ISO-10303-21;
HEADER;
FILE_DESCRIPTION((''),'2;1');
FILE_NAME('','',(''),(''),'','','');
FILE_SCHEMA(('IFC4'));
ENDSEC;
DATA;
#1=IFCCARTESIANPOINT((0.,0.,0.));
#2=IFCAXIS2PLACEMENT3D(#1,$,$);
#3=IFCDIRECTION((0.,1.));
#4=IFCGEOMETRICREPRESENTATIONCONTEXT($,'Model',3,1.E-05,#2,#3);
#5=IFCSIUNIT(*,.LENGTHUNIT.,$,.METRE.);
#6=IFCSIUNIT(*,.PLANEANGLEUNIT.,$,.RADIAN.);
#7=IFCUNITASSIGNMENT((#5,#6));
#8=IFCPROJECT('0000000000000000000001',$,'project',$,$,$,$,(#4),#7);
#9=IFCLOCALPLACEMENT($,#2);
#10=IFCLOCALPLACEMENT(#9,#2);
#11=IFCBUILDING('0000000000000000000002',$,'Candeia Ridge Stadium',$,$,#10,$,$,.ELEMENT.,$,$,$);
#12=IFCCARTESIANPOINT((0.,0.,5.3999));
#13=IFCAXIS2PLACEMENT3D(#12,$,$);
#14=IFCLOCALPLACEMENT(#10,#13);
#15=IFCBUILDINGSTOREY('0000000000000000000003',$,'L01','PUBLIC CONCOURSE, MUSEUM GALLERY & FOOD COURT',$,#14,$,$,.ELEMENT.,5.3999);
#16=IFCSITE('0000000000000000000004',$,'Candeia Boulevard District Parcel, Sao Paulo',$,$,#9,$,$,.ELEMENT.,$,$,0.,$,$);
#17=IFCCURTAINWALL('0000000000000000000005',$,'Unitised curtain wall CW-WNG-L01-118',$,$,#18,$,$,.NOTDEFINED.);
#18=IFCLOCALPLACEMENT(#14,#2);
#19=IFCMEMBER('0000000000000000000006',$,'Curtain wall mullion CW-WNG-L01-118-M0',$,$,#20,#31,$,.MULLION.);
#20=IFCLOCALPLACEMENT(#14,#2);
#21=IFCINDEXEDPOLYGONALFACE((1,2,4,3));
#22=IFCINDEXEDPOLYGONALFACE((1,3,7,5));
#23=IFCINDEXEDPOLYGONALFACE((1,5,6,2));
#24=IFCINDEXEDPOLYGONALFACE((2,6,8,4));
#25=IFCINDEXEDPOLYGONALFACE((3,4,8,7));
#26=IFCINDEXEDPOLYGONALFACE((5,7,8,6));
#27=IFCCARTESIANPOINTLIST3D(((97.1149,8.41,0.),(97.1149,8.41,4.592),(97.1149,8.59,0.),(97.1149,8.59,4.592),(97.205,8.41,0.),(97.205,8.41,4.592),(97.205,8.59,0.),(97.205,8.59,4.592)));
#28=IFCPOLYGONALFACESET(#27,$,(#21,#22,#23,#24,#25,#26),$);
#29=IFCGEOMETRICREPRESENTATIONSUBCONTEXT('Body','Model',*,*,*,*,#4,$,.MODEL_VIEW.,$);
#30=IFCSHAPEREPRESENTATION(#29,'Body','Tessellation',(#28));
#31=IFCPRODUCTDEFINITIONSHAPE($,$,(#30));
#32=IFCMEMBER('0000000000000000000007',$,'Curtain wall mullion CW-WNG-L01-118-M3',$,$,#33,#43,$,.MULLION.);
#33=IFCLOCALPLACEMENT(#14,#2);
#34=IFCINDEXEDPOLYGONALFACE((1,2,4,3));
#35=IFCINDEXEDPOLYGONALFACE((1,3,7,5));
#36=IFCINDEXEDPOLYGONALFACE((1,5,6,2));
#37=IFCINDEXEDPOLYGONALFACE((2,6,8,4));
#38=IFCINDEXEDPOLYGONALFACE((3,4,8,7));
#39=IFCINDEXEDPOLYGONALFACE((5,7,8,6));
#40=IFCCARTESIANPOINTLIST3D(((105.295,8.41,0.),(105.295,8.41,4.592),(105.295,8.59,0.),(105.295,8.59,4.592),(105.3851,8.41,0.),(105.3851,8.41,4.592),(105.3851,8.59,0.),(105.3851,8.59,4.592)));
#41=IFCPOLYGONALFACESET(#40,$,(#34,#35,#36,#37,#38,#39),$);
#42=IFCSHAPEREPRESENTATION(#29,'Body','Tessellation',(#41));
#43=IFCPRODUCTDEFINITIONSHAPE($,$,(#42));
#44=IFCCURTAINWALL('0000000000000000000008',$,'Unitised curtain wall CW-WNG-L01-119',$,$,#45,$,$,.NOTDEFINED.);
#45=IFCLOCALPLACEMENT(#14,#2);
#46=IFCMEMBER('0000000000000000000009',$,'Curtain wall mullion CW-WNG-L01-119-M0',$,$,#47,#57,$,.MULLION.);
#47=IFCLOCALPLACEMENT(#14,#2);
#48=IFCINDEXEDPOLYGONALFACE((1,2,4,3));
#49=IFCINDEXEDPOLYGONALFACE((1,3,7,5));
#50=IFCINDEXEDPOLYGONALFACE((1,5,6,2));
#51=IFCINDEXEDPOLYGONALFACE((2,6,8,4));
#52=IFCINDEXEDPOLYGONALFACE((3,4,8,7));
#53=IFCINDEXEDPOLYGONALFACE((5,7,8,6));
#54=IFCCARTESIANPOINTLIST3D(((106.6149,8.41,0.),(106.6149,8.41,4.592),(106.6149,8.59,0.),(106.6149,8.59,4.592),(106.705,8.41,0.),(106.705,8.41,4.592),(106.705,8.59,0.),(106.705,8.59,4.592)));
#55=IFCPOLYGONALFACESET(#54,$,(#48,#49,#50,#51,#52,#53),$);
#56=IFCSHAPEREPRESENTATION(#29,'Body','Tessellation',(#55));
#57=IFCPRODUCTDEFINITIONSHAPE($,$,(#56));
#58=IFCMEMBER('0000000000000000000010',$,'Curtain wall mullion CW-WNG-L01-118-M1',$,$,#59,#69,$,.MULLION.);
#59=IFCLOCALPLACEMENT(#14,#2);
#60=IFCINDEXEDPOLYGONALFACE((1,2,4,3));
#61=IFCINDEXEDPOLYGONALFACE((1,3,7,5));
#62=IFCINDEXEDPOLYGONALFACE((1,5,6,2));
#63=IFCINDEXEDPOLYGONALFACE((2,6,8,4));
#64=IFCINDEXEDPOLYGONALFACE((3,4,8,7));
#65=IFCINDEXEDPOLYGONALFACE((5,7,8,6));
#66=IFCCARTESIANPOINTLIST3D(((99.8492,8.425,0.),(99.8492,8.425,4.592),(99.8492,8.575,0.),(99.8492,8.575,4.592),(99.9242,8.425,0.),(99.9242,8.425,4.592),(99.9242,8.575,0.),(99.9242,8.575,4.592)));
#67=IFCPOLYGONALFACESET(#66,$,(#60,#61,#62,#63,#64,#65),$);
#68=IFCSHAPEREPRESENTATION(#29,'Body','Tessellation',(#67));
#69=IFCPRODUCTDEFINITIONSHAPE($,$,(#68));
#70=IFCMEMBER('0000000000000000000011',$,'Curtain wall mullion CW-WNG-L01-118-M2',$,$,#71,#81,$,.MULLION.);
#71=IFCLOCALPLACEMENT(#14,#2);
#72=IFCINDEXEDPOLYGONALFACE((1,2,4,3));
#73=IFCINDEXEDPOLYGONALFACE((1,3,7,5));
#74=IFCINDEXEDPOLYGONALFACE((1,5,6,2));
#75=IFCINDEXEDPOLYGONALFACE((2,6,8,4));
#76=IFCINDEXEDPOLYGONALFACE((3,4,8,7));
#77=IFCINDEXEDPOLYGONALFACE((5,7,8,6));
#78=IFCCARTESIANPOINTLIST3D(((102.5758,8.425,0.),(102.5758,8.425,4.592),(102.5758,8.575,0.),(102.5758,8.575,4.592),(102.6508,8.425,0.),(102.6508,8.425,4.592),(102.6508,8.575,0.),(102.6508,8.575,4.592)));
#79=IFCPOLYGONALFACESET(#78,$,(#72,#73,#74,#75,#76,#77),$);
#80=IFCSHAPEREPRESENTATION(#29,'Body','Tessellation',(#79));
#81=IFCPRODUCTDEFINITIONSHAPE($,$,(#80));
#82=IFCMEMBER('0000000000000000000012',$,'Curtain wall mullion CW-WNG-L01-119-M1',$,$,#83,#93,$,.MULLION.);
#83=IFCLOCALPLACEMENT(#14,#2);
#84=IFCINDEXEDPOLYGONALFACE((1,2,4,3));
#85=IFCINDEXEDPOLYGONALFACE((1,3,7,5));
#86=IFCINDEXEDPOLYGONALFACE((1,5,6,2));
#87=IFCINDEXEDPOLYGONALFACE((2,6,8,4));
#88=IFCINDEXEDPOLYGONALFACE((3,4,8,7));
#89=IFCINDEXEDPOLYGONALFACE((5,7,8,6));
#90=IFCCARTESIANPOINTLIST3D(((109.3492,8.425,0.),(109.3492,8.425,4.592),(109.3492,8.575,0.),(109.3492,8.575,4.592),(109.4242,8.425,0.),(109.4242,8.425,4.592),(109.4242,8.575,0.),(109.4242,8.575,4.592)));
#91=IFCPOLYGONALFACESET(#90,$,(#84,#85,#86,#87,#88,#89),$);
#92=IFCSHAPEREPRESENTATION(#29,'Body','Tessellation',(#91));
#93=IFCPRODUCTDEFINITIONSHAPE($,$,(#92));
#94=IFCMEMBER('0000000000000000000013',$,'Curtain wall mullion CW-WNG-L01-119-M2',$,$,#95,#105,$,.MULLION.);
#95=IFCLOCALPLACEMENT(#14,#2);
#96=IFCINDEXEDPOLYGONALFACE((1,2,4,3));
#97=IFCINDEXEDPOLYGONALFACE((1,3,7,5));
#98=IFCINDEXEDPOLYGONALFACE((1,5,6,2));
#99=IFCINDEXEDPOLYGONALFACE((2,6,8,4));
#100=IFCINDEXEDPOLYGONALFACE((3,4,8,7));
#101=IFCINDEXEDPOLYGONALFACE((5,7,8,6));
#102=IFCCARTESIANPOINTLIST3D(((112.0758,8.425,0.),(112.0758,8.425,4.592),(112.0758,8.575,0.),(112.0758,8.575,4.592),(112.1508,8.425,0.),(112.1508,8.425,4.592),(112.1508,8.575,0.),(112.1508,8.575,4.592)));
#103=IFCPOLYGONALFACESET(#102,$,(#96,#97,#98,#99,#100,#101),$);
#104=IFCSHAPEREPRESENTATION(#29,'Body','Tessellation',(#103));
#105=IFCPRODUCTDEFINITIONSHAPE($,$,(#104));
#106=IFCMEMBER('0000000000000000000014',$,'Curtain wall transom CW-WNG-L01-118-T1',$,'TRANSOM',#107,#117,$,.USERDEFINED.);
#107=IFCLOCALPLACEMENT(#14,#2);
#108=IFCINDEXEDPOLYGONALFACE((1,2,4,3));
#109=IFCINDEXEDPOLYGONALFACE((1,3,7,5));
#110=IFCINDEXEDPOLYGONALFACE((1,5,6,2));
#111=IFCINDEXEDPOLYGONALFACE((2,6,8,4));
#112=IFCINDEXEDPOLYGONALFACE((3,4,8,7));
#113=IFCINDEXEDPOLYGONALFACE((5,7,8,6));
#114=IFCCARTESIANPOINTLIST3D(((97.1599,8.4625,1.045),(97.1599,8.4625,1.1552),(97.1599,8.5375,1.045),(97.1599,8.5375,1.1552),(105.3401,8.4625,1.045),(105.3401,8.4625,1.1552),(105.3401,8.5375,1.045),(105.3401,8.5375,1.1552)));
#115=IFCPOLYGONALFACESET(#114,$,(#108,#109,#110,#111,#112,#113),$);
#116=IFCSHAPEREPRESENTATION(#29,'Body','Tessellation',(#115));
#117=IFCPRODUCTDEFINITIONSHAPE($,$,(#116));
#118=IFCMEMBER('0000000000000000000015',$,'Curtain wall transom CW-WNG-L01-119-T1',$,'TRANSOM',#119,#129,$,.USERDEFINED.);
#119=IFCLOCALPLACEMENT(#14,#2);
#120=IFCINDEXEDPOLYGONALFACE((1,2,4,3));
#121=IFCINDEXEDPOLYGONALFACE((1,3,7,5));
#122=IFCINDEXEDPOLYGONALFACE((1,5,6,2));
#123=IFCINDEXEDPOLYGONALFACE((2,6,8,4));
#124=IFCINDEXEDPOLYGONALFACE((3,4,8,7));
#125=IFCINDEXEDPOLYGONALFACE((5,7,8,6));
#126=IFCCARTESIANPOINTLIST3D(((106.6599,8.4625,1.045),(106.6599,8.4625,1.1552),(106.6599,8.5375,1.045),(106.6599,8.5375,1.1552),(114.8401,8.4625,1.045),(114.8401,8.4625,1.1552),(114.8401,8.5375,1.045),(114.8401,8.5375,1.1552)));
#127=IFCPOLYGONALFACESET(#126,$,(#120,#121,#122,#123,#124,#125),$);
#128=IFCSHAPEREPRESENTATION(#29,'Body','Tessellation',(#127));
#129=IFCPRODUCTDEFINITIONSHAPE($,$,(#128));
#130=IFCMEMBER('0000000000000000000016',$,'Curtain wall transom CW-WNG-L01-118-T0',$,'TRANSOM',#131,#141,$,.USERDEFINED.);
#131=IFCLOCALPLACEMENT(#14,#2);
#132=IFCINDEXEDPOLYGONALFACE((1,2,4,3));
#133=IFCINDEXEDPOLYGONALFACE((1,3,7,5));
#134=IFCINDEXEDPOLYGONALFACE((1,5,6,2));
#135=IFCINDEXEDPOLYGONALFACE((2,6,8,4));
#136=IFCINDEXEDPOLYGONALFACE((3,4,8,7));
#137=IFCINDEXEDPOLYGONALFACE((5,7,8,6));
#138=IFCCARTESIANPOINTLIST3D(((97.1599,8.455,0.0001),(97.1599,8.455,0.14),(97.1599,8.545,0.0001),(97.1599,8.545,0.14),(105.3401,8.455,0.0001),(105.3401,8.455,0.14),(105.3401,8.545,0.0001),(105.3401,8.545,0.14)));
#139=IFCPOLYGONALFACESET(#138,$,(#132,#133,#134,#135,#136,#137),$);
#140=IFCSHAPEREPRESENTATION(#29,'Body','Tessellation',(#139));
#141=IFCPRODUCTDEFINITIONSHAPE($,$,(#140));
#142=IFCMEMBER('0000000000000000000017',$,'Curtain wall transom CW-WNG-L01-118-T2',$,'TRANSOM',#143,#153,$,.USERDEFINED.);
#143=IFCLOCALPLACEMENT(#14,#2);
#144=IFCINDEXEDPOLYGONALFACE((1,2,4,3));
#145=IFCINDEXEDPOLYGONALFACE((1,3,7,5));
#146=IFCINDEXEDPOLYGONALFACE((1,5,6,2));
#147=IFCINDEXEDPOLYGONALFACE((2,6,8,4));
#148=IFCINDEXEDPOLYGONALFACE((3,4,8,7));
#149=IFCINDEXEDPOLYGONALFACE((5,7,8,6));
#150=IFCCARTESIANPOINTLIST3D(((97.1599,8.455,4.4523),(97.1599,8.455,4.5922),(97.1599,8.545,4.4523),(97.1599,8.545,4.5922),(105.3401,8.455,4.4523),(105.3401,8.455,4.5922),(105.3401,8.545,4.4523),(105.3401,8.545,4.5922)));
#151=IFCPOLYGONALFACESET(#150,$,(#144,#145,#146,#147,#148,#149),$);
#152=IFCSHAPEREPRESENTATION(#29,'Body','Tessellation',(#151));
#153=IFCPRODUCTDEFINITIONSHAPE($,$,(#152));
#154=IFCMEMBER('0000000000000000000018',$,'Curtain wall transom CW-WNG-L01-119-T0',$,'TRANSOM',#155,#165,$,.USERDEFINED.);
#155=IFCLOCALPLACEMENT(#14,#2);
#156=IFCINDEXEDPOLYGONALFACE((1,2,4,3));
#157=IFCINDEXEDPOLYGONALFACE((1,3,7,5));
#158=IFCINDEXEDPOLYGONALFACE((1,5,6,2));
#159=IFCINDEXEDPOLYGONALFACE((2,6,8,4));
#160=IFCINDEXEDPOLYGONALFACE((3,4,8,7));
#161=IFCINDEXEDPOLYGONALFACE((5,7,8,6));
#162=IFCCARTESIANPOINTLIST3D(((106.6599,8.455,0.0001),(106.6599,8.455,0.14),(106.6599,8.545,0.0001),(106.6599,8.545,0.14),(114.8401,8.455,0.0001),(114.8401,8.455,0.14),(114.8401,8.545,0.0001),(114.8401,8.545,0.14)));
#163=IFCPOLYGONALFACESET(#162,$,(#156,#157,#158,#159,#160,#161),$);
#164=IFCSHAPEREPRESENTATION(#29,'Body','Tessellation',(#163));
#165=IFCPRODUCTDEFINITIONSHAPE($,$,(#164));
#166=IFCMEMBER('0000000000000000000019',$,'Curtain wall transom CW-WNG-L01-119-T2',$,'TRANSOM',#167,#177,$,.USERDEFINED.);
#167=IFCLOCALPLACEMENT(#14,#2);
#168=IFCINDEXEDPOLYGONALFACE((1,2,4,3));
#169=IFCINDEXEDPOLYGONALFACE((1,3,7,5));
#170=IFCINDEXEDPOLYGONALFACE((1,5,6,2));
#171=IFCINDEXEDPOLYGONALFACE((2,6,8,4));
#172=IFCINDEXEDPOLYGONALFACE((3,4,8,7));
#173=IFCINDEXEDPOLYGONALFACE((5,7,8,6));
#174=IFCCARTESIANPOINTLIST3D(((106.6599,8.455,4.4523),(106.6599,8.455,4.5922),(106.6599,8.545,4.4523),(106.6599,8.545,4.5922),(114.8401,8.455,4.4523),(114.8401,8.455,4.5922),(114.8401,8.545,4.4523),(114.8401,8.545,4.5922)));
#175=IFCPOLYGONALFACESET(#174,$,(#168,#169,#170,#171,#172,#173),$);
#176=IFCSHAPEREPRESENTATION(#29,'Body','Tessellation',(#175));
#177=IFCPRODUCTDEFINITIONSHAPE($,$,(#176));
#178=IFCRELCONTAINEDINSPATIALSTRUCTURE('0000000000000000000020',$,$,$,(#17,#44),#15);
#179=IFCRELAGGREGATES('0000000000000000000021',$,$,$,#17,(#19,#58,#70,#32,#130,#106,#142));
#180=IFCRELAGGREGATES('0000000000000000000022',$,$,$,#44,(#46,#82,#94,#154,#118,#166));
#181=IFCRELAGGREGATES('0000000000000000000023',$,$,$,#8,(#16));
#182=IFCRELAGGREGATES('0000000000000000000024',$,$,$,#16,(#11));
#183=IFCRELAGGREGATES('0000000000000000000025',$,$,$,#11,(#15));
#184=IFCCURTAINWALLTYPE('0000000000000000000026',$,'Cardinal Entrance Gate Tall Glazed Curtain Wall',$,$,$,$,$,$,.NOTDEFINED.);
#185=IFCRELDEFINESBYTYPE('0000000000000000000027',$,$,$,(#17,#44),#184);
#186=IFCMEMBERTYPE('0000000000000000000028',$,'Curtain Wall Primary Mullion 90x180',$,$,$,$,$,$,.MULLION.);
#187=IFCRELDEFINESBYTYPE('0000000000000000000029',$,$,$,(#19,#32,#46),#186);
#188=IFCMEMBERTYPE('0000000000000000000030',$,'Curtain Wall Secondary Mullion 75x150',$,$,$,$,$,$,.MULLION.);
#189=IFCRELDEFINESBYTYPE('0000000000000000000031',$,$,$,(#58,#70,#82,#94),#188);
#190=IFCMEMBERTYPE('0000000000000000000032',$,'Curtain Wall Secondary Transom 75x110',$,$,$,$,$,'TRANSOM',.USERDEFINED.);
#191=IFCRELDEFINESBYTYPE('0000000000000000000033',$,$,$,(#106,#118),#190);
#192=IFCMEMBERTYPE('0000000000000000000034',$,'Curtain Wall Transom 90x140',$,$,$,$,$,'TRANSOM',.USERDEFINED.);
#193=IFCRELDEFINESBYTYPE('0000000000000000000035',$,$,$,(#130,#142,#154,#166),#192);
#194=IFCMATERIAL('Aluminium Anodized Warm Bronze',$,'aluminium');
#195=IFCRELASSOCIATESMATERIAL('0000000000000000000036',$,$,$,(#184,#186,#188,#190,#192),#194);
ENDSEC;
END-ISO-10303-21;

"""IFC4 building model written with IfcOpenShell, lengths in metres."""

from ifc_helpers import new_model, si_unit, direction, frame, origin, origin_2d, place, context, subcontext, project, spatial, rectangle, extrude, material, material_profile, profile_set, type_object, element, aggregate, save


model = new_model("IFC4")

# Units and contexts
model_context = context("Model", 3, precision=1e-05, world=origin(), true_north=direction((0.0, 1.0)))
body_context = subcontext(model_context, "Body", "Model", "MODEL_VIEW")
ifc_project = project(units=[si_unit("LENGTHUNIT", "METRE"), si_unit("PLANEANGLEUNIT", "RADIAN")], contexts=[model_context])

# Site, building, storey
site_placement = place(None, origin())
site = spatial("IfcSite", under=ifc_project, at=site_placement, Name="Candeia Boulevard District Parcel, Sao Paulo", CompositionType="ELEMENT", RefElevation=0.0)
building_placement = place(site_placement, origin())
building = spatial("IfcBuilding", under=site, at=building_placement, Name="Candeia Ridge Stadium", CompositionType="ELEMENT")
storey_placement = place(building_placement, frame((0.0, 0.0, 5.3999)))
storey = spatial("IfcBuildingStorey", under=building, at=storey_placement, Name="L01", Description="PUBLIC CONCOURSE, MUSEUM GALLERY & FOOD COURT", CompositionType="ELEMENT", Elevation=5.3999)

# Curtain wall, members
ifc_material_1 = material(Name="Aluminium Anodized Warm Bronze", Category="aluminium")
curtain_wall_type = type_object("IfcCurtainWallType", Name="Cardinal Entrance Gate Tall Glazed Curtain Wall", PredefinedType="NOTDEFINED", material=ifc_material_1)
curtain_wall_1_placement = place(storey_placement, origin())
curtain_wall_1 = element("IfcCurtainWall", 1, at=curtain_wall_1_placement, inside=storey, type_object=curtain_wall_type, Name="Unitised curtain wall CW-WNG-L01-118", PredefinedType="NOTDEFINED")
ifc_material_profile_1 = material_profile(ifc_material_1, rectangle(XDim=0.0901, YDim=0.1799, at=origin_2d()), Name="CWM-90x180", Category="aluminium")
ifc_profile_set_1 = profile_set([ifc_material_profile_1], Name="Aluminium Anodized Warm Bronze")
member_type_1 = type_object("IfcMemberType", Name="Curtain Wall Primary Mullion 90x180", PredefinedType="MULLION", material=ifc_profile_set_1)
member_1_placement = place(storey_placement, frame((97.1599, 8.5, 0.0), z_axis=(0.0, 0.0, 1.0), x_axis=(1.0, 0.0, 0.0)))
member_1 = element("IfcMember", 2, at=member_1_placement, type_object=member_type_1, Name="Curtain wall mullion CW-WNG-L01-118-M0", PredefinedType="MULLION", context=body_context, shape_type="SweptSolid", body=[
    extrude(rectangle(XDim=0.0901, YDim=0.1799, at=origin_2d()), origin(), (0.0, 0.0, 1.0), 4.592),
])
member_2_placement = place(storey_placement, frame((105.3401, 8.5, 0.0), z_axis=(0.0, 0.0, 1.0), x_axis=(1.0, 0.0, 0.0)))
member_2 = element("IfcMember", 3, at=member_2_placement, type_object=member_type_1, Name="Curtain wall mullion CW-WNG-L01-118-M3", PredefinedType="MULLION", context=body_context, shape_type="SweptSolid", body=[
    extrude(rectangle(XDim=0.0901, YDim=0.1799, at=origin_2d()), origin(), (0.0, 0.0, 1.0), 4.592),
])

# Curtain wall, member
curtain_wall_2_placement = place(storey_placement, origin())
curtain_wall_2 = element("IfcCurtainWall", 4, at=curtain_wall_2_placement, inside=storey, type_object=curtain_wall_type, Name="Unitised curtain wall CW-WNG-L01-119", PredefinedType="NOTDEFINED")
member_3_placement = place(storey_placement, frame((106.6599, 8.5, 0.0), z_axis=(0.0, 0.0, 1.0), x_axis=(1.0, 0.0, 0.0)))
member_3 = element("IfcMember", 5, at=member_3_placement, type_object=member_type_1, Name="Curtain wall mullion CW-WNG-L01-119-M0", PredefinedType="MULLION", context=body_context, shape_type="SweptSolid", body=[
    extrude(rectangle(XDim=0.0901, YDim=0.1799, at=origin_2d()), origin(), (0.0, 0.0, 1.0), 4.592),
])

# Members
ifc_material_profile_2 = material_profile(ifc_material_1, rectangle(XDim=0.075, YDim=0.1499, at=origin_2d()), Name="CWM-75x150", Category="aluminium")
ifc_profile_set_2 = profile_set([ifc_material_profile_2], Name="Aluminium Anodized Warm Bronze")
member_type_2 = type_object("IfcMemberType", Name="Curtain Wall Secondary Mullion 75x150", PredefinedType="MULLION", material=ifc_profile_set_2)
member_4_placement = place(storey_placement, frame((99.8867, 8.5, 0.0), z_axis=(0.0, 0.0, 1.0), x_axis=(1.0, 0.0, 0.0)))
member_4 = element("IfcMember", 6, at=member_4_placement, type_object=member_type_2, Name="Curtain wall mullion CW-WNG-L01-118-M1", PredefinedType="MULLION", context=body_context, shape_type="SweptSolid", body=[
    extrude(rectangle(XDim=0.075, YDim=0.1499, at=origin_2d()), origin(), (0.0, 0.0, 1.0), 4.592),
])
member_5_placement = place(storey_placement, frame((102.6133, 8.5, 0.0), z_axis=(0.0, 0.0, 1.0), x_axis=(1.0, 0.0, 0.0)))
member_5 = element("IfcMember", 7, at=member_5_placement, type_object=member_type_2, Name="Curtain wall mullion CW-WNG-L01-118-M2", PredefinedType="MULLION", context=body_context, shape_type="SweptSolid", body=[
    extrude(rectangle(XDim=0.075, YDim=0.1499, at=origin_2d()), origin(), (0.0, 0.0, 1.0), 4.592),
])
member_6_placement = place(storey_placement, frame((109.3867, 8.5, 0.0), z_axis=(0.0, 0.0, 1.0), x_axis=(1.0, 0.0, 0.0)))
member_6 = element("IfcMember", 8, at=member_6_placement, type_object=member_type_2, Name="Curtain wall mullion CW-WNG-L01-119-M1", PredefinedType="MULLION", context=body_context, shape_type="SweptSolid", body=[
    extrude(rectangle(XDim=0.075, YDim=0.1499, at=origin_2d()), origin(), (0.0, 0.0, 1.0), 4.592),
])
member_7_placement = place(storey_placement, frame((112.1133, 8.5, 0.0), z_axis=(0.0, 0.0, 1.0), x_axis=(1.0, 0.0, 0.0)))
member_7 = element("IfcMember", 9, at=member_7_placement, type_object=member_type_2, Name="Curtain wall mullion CW-WNG-L01-119-M2", PredefinedType="MULLION", context=body_context, shape_type="SweptSolid", body=[
    extrude(rectangle(XDim=0.075, YDim=0.1499, at=origin_2d()), origin(), (0.0, 0.0, 1.0), 4.592),
])
ifc_material_profile_3 = material_profile(ifc_material_1, rectangle(XDim=0.075, YDim=0.1101, at=origin_2d()), Name="CWT-75x110", Category="aluminium")
ifc_profile_set_3 = profile_set([ifc_material_profile_3], Name="Aluminium Anodized Warm Bronze")
member_type_3 = type_object("IfcMemberType", Name="Curtain Wall Secondary Transom 75x110", ElementType="TRANSOM", PredefinedType="USERDEFINED", material=ifc_profile_set_3)
member_8_placement = place(storey_placement, frame((97.1599, 8.5, 1.1001), z_axis=(1.0, 0.0, 0.0), x_axis=(0.0, 1.0, 0.0)))
member_8 = element("IfcMember", 10, at=member_8_placement, type_object=member_type_3, Name="Curtain wall transom CW-WNG-L01-118-T1", ObjectType="TRANSOM", PredefinedType="USERDEFINED", context=body_context, shape_type="SweptSolid", body=[
    extrude(rectangle(XDim=0.075, YDim=0.1101, at=origin_2d()), origin(), (0.0, 0.0, 1.0), 8.1802),
])
member_9_placement = place(storey_placement, frame((106.6599, 8.5, 1.1001), z_axis=(1.0, 0.0, 0.0), x_axis=(0.0, 1.0, 0.0)))
member_9 = element("IfcMember", 11, at=member_9_placement, type_object=member_type_3, Name="Curtain wall transom CW-WNG-L01-119-T1", ObjectType="TRANSOM", PredefinedType="USERDEFINED", context=body_context, shape_type="SweptSolid", body=[
    extrude(rectangle(XDim=0.075, YDim=0.1101, at=origin_2d()), origin(), (0.0, 0.0, 1.0), 8.1802),
])
ifc_material_profile_4 = material_profile(ifc_material_1, rectangle(XDim=0.0901, YDim=0.1399, at=origin_2d()), Name="CWT-90x140", Category="aluminium")
ifc_profile_set_4 = profile_set([ifc_material_profile_4], Name="Aluminium Anodized Warm Bronze")
member_type_4 = type_object("IfcMemberType", Name="Curtain Wall Transom 90x140", ElementType="TRANSOM", PredefinedType="USERDEFINED", material=ifc_profile_set_4)
member_10_placement = place(storey_placement, frame((97.1599, 8.5, 0.0701), z_axis=(1.0, 0.0, 0.0), x_axis=(0.0, 1.0, 0.0)))
member_10 = element("IfcMember", 12, at=member_10_placement, type_object=member_type_4, Name="Curtain wall transom CW-WNG-L01-118-T0", ObjectType="TRANSOM", PredefinedType="USERDEFINED", context=body_context, shape_type="SweptSolid", body=[
    extrude(rectangle(XDim=0.0901, YDim=0.1399, at=origin_2d()), origin(), (0.0, 0.0, 1.0), 8.1802),
])
member_11_placement = place(storey_placement, frame((97.1599, 8.5, 4.5222), z_axis=(1.0, 0.0, 0.0), x_axis=(0.0, 1.0, 0.0)))
member_11 = element("IfcMember", 13, at=member_11_placement, type_object=member_type_4, Name="Curtain wall transom CW-WNG-L01-118-T2", ObjectType="TRANSOM", PredefinedType="USERDEFINED", context=body_context, shape_type="SweptSolid", body=[
    extrude(rectangle(XDim=0.0901, YDim=0.1399, at=origin_2d()), origin(), (0.0, 0.0, 1.0), 8.1802),
])
member_12_placement = place(storey_placement, frame((106.6599, 8.5, 0.0701), z_axis=(1.0, 0.0, 0.0), x_axis=(0.0, 1.0, 0.0)))
member_12 = element("IfcMember", 14, at=member_12_placement, type_object=member_type_4, Name="Curtain wall transom CW-WNG-L01-119-T0", ObjectType="TRANSOM", PredefinedType="USERDEFINED", context=body_context, shape_type="SweptSolid", body=[
    extrude(rectangle(XDim=0.0901, YDim=0.1399, at=origin_2d()), origin(), (0.0, 0.0, 1.0), 8.1802),
])
member_13_placement = place(storey_placement, frame((106.6599, 8.5, 4.5222), z_axis=(1.0, 0.0, 0.0), x_axis=(0.0, 1.0, 0.0)))
member_13 = element("IfcMember", 15, at=member_13_placement, type_object=member_type_4, Name="Curtain wall transom CW-WNG-L01-119-T2", ObjectType="TRANSOM", PredefinedType="USERDEFINED", context=body_context, shape_type="SweptSolid", body=[
    extrude(rectangle(XDim=0.0901, YDim=0.1399, at=origin_2d()), origin(), (0.0, 0.0, 1.0), 8.1802),
])

aggregate(curtain_wall_1, [member_1, member_4, member_5, member_2, member_10, member_8, member_11])
aggregate(curtain_wall_2, [member_3, member_6, member_7, member_12, member_9, member_13])

save(model, "model.ifc")
